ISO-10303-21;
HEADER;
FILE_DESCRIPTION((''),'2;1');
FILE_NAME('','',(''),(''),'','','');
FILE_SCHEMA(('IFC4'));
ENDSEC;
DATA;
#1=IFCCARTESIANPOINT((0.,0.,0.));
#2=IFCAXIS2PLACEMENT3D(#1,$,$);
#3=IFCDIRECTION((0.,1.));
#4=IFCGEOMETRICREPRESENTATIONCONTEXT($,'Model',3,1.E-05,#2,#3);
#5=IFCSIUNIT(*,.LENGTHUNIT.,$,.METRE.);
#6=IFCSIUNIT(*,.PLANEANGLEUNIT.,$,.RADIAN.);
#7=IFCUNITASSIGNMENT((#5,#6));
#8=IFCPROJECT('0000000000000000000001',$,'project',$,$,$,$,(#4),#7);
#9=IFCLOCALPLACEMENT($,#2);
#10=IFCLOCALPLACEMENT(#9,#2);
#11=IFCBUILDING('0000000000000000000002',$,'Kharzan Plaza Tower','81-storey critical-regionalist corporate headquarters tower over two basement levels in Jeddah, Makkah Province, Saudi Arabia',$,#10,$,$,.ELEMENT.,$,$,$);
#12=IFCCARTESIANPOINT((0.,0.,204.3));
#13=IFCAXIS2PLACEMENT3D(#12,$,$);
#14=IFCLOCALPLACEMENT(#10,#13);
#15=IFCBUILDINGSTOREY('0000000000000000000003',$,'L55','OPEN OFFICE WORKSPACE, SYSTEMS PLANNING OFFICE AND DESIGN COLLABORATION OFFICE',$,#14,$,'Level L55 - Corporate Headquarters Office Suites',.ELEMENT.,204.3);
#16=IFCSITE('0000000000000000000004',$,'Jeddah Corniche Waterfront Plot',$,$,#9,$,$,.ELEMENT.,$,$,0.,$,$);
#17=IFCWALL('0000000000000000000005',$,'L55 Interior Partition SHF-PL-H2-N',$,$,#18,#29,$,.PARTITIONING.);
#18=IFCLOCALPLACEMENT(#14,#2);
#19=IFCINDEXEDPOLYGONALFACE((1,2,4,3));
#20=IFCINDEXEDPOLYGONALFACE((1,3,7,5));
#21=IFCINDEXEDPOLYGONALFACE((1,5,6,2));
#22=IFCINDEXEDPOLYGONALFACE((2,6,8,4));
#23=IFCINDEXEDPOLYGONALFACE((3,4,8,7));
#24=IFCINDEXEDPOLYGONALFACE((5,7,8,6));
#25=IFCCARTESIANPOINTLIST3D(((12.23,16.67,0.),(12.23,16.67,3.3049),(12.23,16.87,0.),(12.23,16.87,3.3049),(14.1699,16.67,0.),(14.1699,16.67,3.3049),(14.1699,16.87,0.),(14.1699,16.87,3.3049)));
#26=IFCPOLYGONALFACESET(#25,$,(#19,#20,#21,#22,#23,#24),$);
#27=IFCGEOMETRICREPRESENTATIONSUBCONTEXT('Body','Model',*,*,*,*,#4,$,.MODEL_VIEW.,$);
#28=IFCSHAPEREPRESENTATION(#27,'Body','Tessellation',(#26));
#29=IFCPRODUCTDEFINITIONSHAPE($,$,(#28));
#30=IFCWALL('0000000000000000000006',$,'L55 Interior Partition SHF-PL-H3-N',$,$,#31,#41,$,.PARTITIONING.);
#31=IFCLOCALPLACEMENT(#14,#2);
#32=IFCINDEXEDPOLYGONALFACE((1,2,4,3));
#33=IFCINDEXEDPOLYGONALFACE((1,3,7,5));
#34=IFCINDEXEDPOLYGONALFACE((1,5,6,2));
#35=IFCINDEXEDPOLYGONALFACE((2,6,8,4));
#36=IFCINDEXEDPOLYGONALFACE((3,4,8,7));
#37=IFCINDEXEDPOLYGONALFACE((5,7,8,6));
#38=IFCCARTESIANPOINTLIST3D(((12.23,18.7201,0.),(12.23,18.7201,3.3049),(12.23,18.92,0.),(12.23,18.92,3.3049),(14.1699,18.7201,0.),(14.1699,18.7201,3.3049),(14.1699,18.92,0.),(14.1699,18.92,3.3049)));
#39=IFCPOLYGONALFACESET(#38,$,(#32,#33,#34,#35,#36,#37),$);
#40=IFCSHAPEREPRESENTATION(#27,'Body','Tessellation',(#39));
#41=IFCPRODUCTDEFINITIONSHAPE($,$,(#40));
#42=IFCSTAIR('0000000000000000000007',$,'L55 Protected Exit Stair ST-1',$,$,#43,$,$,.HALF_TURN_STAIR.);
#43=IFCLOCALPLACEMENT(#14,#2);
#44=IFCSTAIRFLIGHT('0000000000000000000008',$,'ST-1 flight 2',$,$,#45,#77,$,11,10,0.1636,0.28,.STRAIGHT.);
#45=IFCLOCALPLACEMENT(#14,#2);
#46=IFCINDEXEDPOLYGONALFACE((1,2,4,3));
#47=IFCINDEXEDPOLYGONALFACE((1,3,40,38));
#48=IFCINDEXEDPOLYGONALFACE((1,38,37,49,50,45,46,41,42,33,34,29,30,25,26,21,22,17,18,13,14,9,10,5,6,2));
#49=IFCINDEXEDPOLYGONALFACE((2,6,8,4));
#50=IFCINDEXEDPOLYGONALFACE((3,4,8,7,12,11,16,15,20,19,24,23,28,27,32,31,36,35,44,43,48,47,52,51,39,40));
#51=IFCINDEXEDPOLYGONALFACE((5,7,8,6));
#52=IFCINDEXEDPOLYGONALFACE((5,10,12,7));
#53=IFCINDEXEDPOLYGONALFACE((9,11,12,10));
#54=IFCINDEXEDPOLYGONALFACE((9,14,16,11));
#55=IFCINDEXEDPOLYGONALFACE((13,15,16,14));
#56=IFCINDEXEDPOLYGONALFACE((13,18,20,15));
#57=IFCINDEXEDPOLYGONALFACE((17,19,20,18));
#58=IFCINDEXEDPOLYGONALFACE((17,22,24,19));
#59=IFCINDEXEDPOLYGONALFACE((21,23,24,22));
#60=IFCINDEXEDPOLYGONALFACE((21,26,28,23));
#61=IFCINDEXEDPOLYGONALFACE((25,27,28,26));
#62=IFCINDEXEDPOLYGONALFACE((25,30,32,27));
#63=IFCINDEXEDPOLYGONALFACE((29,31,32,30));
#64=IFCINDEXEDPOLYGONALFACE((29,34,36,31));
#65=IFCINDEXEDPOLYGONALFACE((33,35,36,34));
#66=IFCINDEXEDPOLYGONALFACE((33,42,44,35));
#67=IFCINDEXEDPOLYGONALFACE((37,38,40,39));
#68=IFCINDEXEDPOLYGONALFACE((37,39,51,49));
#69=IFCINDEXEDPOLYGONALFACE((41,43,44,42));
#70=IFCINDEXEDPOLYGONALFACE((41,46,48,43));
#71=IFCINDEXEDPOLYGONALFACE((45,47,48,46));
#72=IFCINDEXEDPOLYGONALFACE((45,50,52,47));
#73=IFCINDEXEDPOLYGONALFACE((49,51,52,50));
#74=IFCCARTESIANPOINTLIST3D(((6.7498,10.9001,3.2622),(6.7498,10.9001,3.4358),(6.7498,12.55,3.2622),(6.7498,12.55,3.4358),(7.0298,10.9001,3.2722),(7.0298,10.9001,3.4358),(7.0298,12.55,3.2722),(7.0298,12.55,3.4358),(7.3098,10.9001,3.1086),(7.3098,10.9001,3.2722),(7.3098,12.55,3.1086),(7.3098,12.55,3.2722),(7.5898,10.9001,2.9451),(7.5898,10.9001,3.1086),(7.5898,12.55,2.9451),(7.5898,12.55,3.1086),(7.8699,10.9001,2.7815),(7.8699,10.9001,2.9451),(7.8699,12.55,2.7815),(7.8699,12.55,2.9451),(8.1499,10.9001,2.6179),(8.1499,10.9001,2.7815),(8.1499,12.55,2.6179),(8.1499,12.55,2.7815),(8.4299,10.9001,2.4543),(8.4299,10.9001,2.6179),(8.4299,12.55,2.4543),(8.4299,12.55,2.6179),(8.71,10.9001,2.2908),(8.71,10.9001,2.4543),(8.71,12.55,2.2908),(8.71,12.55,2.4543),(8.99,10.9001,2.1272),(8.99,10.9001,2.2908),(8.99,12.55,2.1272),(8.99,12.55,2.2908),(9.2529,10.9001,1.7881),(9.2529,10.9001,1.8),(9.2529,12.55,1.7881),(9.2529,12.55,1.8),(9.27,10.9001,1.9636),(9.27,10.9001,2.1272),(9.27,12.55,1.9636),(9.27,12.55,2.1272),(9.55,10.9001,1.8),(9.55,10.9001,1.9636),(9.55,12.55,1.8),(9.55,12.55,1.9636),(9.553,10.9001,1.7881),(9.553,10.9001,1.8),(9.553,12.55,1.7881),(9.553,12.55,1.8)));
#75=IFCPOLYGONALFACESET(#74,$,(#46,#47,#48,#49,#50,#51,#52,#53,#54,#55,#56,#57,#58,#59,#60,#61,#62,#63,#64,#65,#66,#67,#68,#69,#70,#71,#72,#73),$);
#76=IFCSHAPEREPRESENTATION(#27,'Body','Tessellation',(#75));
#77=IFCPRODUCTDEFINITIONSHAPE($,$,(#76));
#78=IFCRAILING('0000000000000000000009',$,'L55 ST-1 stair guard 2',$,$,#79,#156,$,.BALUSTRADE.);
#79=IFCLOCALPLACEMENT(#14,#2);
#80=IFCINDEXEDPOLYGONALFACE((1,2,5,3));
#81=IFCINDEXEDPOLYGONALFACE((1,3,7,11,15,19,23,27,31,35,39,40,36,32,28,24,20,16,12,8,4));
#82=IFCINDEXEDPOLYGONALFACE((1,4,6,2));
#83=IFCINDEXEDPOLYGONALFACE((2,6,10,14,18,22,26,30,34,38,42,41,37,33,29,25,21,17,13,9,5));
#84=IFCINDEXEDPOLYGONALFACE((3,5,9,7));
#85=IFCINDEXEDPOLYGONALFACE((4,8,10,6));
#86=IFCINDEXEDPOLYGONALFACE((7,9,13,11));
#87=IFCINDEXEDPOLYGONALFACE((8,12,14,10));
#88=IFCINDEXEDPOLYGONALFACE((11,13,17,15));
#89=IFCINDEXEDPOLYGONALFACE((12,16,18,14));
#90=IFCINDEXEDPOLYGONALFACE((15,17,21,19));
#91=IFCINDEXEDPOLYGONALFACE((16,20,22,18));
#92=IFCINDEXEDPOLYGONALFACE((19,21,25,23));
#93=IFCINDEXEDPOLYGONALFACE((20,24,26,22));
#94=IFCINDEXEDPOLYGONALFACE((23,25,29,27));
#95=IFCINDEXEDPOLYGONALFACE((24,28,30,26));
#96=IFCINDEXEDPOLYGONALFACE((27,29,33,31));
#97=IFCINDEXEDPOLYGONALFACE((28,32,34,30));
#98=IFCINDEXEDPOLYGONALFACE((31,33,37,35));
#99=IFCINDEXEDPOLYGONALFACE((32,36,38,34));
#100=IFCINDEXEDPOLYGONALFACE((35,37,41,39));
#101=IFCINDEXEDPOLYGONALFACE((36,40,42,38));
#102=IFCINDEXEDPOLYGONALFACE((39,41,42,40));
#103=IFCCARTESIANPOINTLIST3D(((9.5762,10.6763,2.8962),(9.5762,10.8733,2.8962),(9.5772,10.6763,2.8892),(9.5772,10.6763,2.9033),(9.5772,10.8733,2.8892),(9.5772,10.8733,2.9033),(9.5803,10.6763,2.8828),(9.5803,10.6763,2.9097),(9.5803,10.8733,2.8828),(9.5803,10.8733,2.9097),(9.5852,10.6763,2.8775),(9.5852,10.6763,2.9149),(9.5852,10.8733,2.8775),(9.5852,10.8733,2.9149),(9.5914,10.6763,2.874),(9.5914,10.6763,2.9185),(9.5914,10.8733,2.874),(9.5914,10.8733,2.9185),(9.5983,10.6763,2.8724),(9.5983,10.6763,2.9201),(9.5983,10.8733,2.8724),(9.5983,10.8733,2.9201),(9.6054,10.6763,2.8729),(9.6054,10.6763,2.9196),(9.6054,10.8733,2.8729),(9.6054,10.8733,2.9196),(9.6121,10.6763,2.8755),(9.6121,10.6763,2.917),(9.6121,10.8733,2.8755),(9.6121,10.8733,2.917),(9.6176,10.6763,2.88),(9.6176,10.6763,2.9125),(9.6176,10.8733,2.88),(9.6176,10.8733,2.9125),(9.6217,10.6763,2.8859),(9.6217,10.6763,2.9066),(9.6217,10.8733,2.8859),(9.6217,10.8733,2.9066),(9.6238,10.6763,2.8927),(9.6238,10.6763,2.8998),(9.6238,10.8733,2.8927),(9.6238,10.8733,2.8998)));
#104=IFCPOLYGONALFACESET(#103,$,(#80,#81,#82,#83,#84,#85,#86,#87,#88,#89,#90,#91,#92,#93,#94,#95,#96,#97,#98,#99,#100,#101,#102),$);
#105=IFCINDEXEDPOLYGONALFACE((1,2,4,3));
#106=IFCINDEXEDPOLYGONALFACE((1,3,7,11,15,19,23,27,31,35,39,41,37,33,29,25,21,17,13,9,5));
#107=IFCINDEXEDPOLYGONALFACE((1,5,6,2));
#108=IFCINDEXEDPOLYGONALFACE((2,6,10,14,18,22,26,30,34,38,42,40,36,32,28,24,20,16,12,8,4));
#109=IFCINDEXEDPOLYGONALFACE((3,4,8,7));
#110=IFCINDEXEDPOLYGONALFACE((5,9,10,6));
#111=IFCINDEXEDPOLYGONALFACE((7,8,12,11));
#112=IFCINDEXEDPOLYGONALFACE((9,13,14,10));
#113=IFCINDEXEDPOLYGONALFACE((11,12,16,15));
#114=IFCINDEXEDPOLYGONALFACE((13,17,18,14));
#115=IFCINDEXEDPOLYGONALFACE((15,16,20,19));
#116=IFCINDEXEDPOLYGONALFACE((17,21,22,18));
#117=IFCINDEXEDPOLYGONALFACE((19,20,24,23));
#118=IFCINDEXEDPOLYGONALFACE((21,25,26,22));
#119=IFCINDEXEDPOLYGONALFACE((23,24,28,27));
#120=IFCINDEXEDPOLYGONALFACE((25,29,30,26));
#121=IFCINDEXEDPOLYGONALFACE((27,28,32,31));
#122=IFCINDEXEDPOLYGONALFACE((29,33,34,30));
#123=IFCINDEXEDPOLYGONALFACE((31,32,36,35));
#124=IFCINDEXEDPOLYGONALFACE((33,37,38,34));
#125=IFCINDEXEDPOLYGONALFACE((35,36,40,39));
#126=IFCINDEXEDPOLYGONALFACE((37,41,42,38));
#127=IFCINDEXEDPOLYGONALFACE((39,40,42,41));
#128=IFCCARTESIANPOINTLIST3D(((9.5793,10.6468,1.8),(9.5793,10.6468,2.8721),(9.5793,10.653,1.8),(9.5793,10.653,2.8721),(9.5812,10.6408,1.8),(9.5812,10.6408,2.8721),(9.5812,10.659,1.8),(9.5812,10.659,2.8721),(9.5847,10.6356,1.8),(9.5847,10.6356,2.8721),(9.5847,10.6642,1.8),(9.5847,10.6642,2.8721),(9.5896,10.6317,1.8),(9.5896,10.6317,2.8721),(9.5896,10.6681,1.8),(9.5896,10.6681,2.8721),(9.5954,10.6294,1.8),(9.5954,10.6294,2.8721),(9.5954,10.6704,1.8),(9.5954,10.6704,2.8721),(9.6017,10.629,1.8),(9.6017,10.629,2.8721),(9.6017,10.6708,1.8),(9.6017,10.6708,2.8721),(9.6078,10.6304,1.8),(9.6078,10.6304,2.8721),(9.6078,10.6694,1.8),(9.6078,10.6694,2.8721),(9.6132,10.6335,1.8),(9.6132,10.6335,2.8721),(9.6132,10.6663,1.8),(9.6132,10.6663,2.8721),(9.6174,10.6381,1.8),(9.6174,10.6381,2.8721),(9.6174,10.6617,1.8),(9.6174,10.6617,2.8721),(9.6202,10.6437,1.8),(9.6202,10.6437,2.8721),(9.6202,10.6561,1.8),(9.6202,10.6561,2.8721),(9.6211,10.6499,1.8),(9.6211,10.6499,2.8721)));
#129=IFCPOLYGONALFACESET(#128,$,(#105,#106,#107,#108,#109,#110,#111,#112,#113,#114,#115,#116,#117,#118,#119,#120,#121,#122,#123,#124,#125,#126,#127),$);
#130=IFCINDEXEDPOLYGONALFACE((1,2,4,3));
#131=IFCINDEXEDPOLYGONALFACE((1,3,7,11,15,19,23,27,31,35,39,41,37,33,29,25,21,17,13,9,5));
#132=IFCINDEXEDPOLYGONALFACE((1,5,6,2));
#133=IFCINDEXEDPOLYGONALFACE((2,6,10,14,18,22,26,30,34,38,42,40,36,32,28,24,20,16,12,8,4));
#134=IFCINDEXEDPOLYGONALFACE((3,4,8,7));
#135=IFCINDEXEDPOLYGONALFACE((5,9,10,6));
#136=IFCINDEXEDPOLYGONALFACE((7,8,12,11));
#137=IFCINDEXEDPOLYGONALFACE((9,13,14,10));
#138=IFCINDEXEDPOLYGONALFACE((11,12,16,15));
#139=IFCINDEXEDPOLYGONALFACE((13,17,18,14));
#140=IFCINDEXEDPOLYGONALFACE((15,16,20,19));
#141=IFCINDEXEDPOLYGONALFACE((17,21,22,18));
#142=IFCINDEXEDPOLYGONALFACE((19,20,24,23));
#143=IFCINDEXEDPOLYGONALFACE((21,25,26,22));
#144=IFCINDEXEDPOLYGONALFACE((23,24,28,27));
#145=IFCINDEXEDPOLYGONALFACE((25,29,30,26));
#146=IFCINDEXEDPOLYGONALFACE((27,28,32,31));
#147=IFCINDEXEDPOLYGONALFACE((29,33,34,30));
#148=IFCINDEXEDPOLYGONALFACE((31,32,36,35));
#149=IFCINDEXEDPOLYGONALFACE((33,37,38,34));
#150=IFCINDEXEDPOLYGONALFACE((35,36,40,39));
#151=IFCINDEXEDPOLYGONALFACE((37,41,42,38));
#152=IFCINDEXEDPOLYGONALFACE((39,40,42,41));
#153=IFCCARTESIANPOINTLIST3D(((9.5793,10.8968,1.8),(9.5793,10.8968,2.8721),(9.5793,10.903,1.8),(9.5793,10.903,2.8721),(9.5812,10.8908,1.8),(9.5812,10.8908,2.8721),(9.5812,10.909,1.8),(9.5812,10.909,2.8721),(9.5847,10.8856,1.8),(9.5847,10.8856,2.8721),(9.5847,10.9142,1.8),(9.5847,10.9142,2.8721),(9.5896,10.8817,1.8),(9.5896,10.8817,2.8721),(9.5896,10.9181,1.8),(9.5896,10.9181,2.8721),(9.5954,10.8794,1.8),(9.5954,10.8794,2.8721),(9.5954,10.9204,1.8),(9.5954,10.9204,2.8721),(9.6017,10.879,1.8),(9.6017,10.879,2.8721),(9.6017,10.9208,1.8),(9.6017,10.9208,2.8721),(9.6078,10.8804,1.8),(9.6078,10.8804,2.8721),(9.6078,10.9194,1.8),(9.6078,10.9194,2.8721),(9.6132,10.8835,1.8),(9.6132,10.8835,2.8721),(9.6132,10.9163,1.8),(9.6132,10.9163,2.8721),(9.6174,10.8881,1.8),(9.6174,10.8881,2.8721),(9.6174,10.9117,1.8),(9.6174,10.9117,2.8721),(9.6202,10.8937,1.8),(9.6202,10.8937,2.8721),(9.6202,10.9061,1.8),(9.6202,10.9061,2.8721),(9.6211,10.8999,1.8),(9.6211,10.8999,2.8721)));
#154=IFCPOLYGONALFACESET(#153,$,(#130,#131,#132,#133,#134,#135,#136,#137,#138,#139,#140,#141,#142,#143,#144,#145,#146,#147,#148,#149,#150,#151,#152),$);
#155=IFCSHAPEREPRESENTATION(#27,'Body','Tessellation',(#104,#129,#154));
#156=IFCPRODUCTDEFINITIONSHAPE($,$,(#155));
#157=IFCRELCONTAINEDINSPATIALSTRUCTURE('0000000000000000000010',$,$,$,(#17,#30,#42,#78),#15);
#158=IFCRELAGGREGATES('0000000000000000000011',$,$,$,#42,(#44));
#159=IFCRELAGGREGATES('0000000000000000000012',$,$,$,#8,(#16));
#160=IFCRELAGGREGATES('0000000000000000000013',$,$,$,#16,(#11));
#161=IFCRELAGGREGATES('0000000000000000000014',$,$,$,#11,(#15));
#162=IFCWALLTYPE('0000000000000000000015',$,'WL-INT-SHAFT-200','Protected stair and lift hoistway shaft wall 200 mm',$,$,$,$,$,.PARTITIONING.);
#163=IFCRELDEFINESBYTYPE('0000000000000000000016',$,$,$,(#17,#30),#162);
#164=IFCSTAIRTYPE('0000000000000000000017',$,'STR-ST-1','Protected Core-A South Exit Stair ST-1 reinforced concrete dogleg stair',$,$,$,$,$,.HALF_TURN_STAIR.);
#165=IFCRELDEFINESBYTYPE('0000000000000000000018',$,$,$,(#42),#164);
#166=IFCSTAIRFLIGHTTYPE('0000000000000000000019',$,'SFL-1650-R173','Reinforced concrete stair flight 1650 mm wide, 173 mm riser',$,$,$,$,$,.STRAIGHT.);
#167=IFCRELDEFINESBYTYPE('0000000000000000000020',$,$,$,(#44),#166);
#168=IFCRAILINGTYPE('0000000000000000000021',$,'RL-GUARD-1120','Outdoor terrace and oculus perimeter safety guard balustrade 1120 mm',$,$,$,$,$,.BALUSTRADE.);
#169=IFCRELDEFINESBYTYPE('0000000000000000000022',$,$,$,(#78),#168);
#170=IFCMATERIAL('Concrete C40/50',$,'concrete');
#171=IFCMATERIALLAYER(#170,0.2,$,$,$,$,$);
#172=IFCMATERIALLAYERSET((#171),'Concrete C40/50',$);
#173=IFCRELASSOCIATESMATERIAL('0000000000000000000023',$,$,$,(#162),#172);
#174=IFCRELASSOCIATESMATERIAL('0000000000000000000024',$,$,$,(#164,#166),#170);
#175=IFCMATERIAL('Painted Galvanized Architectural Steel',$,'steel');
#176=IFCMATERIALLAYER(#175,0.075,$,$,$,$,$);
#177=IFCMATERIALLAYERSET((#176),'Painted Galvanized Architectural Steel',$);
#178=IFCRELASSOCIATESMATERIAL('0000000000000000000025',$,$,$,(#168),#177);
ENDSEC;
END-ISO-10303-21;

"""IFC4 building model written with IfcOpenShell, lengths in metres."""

from ifc_helpers import new_model, si_unit, direction, frame, frame_2d, origin, origin_2d, place, context, subcontext, project, spatial, polyline, rectangle, circle, outline, extrude, source, transform, mapped, material, layer, layer_set, type_object, element, aggregate, save


model = new_model("IFC4")

# Units and contexts
model_context = context("Model", 3, precision=1e-05, world=origin(), true_north=direction((0.0, 1.0)))
body_context = subcontext(model_context, "Body", "Model", "MODEL_VIEW")
ifc_project = project(units=[si_unit("LENGTHUNIT", "METRE"), si_unit("PLANEANGLEUNIT", "RADIAN")], contexts=[model_context])

# Site, building, storey
site_placement = place(None, origin())
site = spatial("IfcSite", under=ifc_project, at=site_placement, Name="Jeddah Corniche Waterfront Plot", CompositionType="ELEMENT", RefElevation=0.0)
building_placement = place(site_placement, origin())
building = spatial("IfcBuilding", under=site, at=building_placement, Name="Kharzan Plaza Tower", Description="81-storey critical-regionalist corporate headquarters tower over two basement levels in Jeddah, Makkah Province, Saudi Arabia", CompositionType="ELEMENT")
storey_placement = place(building_placement, frame((0.0, 0.0, 204.3)))
storey = spatial("IfcBuildingStorey", under=building, at=storey_placement, Name="L55", Description="OPEN OFFICE WORKSPACE, SYSTEMS PLANNING OFFICE AND DESIGN COLLABORATION OFFICE", LongName="Level L55 - Corporate Headquarters Office Suites", CompositionType="ELEMENT", Elevation=204.3)

# Shared definitions
ifc_material_1 = material(Name="Concrete C40/50", Category="concrete")
ifc_layer_1 = layer(ifc_material_1, 0.2)
ifc_layer_set_1 = layer_set([ifc_layer_1], Name="Concrete C40/50")
wall_type_1 = type_object("IfcWallType", Name="WL-INT-SHAFT-200", Description="Protected stair and lift hoistway shaft wall 200 mm", PredefinedType="PARTITIONING", material=ifc_layer_set_1)

# Walls
shared_shape_1 = source(origin(), body_context, "Body", "SweptSolid", [
    extrude(rectangle(XDim=1.9399, YDim=0.2, at=frame_2d((0.97, 0.0))), origin(), (0.0, 0.0, 1.0), 3.3049),
])
for number, where, z_axis, x_axis, name in (
    (1, (12.23, 16.77, 0.0), (0.0, 0.0, 1.0), (1.0, 0.0, 0.0), "L55 Interior Partition SHF-PL-H2-N"),
    (2, (12.23, 18.8201, 0.0), (0.0, 0.0, 1.0), (1.0, 0.0, 0.0), "L55 Interior Partition SHF-PL-H3-N"),
):
    element("IfcWall", number, at=place(storey_placement, frame(where, z_axis=z_axis, x_axis=x_axis)), inside=storey, type_object=wall_type_1, Name=name, PredefinedType="PARTITIONING", context=body_context, shape_type="MappedRepresentation", body=[
        mapped(shared_shape_1, transform((0.0, 0.0, 0.0), x_axis=(1.0, 0.0, 0.0), y_axis=(0.0, 1.0, 0.0), z_axis=(0.0, 0.0, 1.0))),
    ])

# Stair, stair flight
stair_type = type_object("IfcStairType", Name="STR-ST-1", Description="Protected Core-A South Exit Stair ST-1 reinforced concrete dogleg stair", PredefinedType="HALF_TURN_STAIR", material=ifc_material_1)
stair_placement = place(storey_placement, origin())
stair = element("IfcStair", 3, at=stair_placement, inside=storey, type_object=stair_type, Name="L55 Protected Exit Stair ST-1", PredefinedType="HALF_TURN_STAIR")
stair_flight_type = type_object("IfcStairFlightType", Name="SFL-1650-R173", Description="Reinforced concrete stair flight 1650 mm wide, 173 mm riser", PredefinedType="STRAIGHT", material=ifc_material_1)
shared_shape_2 = source(origin(), body_context, "Body", "SweptSolid", [
    extrude(outline(polyline([(-0.0029, -0.012), (-0.0029, 0.0), (0.0, 0.0), (0.0, 0.1636), (0.28, 0.1636), (0.28, 0.3271), (0.5601, 0.3271), (0.5601, 0.4907), (0.8401, 0.4907), (0.8401, 0.6543), (1.1201, 0.6543), (1.1201, 0.8179), (1.4001, 0.8179), (1.4001, 0.9814), (1.6802, 0.9814), (1.6802, 1.145), (1.9602, 1.145), (1.9602, 1.3086), (2.2402, 1.3086), (2.2402, 1.4722), (2.5203, 1.4722), (2.5203, 1.6357), (2.8003, 1.6357), (2.8003, 1.7993), (2.8003, 1.4622), (0.2971, 0.0), (0.2971, -0.012), (-0.0029, -0.012)])), frame((0.0, 0.825, 0.0), z_axis=(0.0, -1.0, 0.0), x_axis=(1.0, 0.0, 0.0)), (0.0, 0.0, 1.0), 1.6499),
])
stair_flight_placement = place(storey_placement, frame((9.55, 11.7251, 1.8), z_axis=(0.0, 0.0, 1.0), x_axis=(-1.0, 0.0, 0.0)))
stair_flight = element("IfcStairFlight", 4, at=stair_flight_placement, type_object=stair_flight_type, Name="ST-1 flight 2", NumberOfRisers=11, NumberOfTreads=10, PredefinedType="STRAIGHT", RiserHeight=0.1636, TreadLength=0.28, context=body_context, shape_type="MappedRepresentation", body=[
    mapped(shared_shape_2, transform((0.0, 0.0, 0.0), x_axis=(1.0, 0.0, 0.0), y_axis=(0.0, 1.0, 0.0), z_axis=(0.0, 0.0, 1.0))),
])
aggregate(stair, [stair_flight])

# Railing
ifc_material_2 = material(Name="Painted Galvanized Architectural Steel", Category="steel")
ifc_layer_2 = layer(ifc_material_2, 0.075)
ifc_layer_set_2 = layer_set([ifc_layer_2], Name="Painted Galvanized Architectural Steel")
railing_type_1 = type_object("IfcRailingType", Name="RL-GUARD-1120", Description="Outdoor terrace and oculus perimeter safety guard balustrade 1120 mm", PredefinedType="BALUSTRADE", material=ifc_layer_set_2)
shared_shape_3 = source(origin(), body_context, "Body", "SweptSolid", [
    extrude(circle(Radius=0.0239, at=origin_2d()), frame((0.0, 0.0264, 1.0962), z_axis=(0.0, 1.0, 0.0), x_axis=(-1.0, 0.0, 0.0)), (0.0, 0.0, 1.0), 0.197),
    extrude(circle(Radius=0.021, at=origin_2d()), origin(), (0.0, 0.0, 1.0), 1.072),
    extrude(circle(Radius=0.021, at=origin_2d()), frame((0.0, 0.25, 0.0)), (0.0, 0.0, 1.0), 1.072),
])
railing_1_placement = place(storey_placement, frame((9.6001, 10.6499, 1.8)))
element("IfcRailing", 5, at=railing_1_placement, inside=storey, type_object=railing_type_1, Name="L55 ST-1 stair guard 2", PredefinedType="BALUSTRADE", context=body_context, shape_type="MappedRepresentation", body=[
    mapped(shared_shape_3, transform((0.0, 0.0, 0.0), x_axis=(1.0, 0.0, 0.0), y_axis=(0.0, 1.0, 0.0), z_axis=(0.0, 0.0, 1.0))),
])

save(model, "model.ifc")
